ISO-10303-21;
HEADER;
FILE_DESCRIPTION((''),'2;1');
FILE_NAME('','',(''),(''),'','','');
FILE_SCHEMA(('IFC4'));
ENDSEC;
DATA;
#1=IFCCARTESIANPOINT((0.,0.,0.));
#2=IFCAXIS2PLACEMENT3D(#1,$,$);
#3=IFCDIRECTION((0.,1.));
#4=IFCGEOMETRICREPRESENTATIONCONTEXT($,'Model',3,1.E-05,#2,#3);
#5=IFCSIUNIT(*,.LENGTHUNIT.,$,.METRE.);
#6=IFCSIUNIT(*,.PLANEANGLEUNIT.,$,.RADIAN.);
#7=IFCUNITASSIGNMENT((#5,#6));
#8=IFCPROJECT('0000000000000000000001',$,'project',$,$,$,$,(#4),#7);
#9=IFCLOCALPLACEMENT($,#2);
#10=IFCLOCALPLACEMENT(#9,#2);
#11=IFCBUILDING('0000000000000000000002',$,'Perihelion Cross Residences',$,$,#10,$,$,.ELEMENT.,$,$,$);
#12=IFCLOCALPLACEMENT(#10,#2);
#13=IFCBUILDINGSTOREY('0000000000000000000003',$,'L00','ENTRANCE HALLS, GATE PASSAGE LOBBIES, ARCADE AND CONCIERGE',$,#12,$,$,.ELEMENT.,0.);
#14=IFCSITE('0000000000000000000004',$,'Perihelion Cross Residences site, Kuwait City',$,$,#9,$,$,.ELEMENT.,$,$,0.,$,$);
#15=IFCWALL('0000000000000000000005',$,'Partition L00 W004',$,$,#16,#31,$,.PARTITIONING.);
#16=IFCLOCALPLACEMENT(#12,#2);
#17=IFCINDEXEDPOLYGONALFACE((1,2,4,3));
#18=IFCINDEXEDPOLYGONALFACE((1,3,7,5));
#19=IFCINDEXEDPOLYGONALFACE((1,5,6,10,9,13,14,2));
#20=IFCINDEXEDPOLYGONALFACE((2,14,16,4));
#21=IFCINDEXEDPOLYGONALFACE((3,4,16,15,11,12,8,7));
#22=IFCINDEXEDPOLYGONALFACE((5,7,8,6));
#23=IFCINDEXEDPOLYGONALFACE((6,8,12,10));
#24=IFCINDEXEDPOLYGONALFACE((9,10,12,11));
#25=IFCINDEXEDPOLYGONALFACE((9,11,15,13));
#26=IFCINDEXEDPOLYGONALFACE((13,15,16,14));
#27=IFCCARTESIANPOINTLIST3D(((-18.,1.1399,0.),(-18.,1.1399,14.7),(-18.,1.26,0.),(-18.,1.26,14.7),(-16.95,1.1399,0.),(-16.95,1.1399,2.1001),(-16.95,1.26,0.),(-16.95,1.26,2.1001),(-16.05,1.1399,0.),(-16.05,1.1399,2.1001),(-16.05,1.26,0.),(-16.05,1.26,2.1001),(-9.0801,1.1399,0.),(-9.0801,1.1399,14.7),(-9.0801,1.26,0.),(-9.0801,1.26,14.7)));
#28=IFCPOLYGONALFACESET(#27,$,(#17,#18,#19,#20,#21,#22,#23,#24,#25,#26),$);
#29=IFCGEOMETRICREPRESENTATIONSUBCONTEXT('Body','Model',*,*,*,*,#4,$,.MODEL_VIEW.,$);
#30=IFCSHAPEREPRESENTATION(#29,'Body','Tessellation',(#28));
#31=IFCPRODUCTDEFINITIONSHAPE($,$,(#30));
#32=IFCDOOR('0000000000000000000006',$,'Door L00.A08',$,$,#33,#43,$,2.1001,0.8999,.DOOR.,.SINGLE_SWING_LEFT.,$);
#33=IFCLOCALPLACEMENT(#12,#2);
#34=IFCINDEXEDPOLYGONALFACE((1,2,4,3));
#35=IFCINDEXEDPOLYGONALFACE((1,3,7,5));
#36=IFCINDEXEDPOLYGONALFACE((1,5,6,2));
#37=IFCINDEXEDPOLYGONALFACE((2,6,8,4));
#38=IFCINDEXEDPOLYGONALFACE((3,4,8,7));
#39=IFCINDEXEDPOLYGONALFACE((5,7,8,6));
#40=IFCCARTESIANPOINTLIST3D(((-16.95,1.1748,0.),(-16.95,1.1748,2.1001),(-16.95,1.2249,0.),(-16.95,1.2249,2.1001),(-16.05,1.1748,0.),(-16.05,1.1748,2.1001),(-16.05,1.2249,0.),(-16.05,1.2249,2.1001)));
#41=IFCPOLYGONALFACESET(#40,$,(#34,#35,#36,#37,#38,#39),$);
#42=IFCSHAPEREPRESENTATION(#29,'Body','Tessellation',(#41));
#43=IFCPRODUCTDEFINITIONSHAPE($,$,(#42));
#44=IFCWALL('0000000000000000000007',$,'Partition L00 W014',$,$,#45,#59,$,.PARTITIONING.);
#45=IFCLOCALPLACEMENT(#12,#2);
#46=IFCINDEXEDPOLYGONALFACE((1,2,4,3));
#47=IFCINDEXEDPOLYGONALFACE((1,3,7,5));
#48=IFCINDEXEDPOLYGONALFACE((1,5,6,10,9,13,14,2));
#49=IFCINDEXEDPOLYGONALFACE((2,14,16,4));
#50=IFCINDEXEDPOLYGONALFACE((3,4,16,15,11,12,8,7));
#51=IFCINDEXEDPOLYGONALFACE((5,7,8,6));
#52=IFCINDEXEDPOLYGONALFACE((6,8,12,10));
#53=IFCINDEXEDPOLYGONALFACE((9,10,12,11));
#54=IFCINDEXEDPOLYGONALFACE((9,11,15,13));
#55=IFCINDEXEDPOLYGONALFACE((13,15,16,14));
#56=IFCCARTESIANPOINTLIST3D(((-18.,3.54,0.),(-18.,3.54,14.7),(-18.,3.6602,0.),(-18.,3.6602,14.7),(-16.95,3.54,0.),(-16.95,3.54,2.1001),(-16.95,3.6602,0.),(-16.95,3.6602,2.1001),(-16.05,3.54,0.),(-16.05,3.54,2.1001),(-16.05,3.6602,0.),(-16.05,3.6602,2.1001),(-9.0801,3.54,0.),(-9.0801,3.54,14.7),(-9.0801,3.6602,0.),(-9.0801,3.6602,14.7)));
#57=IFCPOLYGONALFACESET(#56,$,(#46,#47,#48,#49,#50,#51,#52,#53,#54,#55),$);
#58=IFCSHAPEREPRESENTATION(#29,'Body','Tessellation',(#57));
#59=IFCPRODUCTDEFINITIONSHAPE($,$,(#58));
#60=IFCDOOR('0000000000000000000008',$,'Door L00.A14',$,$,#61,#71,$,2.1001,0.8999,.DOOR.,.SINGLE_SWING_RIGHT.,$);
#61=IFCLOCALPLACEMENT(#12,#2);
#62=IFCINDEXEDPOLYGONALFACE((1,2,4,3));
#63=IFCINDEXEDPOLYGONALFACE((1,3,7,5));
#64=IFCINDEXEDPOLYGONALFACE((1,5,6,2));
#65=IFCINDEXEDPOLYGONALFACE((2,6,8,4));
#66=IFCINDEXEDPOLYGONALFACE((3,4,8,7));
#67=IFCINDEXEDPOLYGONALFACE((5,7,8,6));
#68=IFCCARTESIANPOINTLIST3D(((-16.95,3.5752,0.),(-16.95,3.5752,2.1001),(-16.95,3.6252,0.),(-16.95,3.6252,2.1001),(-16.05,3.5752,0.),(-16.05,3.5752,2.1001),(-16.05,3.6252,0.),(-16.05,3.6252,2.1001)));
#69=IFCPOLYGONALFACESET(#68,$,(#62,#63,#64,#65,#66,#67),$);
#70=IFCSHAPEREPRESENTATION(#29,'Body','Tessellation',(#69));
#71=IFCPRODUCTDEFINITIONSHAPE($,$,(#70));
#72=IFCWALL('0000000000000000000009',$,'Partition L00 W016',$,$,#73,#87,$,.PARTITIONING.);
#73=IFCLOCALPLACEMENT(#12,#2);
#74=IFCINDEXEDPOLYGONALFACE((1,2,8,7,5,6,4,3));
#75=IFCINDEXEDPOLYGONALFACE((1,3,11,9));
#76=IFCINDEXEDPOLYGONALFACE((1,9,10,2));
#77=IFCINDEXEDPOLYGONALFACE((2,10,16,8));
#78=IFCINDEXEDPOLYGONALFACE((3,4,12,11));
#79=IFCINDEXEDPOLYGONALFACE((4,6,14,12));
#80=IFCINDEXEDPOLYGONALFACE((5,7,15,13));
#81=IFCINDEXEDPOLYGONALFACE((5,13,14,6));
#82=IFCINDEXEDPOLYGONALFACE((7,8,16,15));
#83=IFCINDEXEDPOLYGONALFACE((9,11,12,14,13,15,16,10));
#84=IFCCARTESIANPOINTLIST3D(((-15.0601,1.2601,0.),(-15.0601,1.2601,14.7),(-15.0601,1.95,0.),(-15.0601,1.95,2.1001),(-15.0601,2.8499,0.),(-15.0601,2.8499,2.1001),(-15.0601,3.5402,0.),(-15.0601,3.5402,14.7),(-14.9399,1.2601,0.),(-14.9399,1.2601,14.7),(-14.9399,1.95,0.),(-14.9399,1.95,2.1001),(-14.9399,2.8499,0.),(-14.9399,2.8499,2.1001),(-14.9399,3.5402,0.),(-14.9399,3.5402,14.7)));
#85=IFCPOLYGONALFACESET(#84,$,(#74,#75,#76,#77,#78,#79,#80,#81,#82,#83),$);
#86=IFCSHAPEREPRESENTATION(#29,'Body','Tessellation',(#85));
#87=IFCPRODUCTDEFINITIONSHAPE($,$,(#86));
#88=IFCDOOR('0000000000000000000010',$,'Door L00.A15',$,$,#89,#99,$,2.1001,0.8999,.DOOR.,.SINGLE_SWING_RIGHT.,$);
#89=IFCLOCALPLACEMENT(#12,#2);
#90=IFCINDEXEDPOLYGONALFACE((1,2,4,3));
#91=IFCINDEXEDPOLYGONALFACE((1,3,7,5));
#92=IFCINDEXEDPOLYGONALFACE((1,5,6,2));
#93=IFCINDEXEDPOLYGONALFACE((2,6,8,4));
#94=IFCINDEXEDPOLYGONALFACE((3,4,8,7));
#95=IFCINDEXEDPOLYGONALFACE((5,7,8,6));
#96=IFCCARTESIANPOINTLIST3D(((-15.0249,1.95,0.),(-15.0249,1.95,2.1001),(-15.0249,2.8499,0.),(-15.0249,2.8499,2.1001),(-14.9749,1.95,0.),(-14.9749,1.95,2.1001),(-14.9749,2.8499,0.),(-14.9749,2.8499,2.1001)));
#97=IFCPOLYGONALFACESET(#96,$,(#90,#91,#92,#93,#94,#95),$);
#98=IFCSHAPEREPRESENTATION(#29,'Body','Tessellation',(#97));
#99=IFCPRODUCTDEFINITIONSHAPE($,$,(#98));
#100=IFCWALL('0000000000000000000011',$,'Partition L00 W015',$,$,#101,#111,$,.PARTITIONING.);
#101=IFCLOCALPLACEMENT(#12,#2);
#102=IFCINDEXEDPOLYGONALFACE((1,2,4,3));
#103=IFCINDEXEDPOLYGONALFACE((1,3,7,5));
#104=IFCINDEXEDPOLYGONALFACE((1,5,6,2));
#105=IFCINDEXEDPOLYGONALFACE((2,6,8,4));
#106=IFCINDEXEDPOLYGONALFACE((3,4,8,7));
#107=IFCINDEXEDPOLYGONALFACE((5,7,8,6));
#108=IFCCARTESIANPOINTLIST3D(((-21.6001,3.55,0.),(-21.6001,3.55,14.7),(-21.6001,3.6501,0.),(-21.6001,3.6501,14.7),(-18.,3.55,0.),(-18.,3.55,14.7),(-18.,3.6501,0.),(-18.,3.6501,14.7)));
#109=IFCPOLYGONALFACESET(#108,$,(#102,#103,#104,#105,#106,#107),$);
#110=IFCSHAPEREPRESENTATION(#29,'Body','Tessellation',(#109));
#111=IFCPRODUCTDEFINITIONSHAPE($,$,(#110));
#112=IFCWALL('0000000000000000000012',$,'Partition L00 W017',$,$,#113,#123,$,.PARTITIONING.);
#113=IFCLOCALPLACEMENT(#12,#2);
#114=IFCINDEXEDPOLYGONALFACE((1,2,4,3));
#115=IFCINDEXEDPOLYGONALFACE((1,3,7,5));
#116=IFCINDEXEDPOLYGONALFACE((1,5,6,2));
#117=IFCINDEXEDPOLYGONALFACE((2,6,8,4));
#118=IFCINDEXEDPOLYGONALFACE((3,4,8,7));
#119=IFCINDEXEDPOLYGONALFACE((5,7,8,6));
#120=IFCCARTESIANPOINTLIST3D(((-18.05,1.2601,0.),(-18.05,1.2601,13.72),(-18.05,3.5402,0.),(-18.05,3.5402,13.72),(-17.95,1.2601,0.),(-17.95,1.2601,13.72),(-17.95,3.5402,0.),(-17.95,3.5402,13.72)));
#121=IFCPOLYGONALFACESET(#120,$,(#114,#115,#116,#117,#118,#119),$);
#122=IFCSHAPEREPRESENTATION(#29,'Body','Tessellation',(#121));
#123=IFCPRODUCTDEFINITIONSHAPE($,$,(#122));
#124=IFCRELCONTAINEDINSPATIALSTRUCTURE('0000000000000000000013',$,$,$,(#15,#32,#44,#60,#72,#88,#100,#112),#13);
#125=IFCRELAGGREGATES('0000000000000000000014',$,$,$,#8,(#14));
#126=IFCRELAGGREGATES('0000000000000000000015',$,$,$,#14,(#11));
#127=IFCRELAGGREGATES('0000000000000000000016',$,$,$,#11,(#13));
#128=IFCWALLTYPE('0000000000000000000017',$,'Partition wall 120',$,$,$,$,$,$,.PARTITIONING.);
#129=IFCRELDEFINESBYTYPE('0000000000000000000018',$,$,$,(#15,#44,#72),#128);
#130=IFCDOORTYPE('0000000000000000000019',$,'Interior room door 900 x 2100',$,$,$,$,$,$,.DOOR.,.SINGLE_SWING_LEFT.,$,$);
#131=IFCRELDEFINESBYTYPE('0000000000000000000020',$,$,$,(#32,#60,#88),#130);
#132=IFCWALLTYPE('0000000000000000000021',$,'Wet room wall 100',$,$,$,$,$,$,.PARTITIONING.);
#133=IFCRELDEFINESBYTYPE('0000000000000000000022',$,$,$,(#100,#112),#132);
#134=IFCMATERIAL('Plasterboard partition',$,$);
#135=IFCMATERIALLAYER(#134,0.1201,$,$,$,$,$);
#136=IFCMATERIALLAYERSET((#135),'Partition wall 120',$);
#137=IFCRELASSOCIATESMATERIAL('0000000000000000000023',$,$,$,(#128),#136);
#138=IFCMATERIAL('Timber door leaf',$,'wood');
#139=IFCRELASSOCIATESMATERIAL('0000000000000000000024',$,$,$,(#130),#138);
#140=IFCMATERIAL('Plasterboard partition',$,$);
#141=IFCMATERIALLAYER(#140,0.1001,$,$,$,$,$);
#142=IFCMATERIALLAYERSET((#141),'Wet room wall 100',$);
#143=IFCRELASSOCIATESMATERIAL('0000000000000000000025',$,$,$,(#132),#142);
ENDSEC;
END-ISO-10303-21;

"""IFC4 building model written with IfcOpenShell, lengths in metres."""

from ifc_helpers import new_model, si_unit, direction, frame, frame_2d, origin, place, context, subcontext, project, spatial, rectangle, extrude, material, layer, layer_set, type_object, element, fill, save


model = new_model("IFC4")

# Units and contexts
model_context = context("Model", 3, precision=1e-05, world=origin(), true_north=direction((0.0, 1.0)))
body_context = subcontext(model_context, "Body", "Model", "MODEL_VIEW")
ifc_project = project(units=[si_unit("LENGTHUNIT", "METRE"), si_unit("PLANEANGLEUNIT", "RADIAN")], contexts=[model_context])

# Site, building, storey
site_placement = place(None, origin())
site = spatial("IfcSite", under=ifc_project, at=site_placement, Name="Perihelion Cross Residences site, Kuwait City", CompositionType="ELEMENT", RefElevation=0.0)
building_placement = place(site_placement, origin())
building = spatial("IfcBuilding", under=site, at=building_placement, Name="Perihelion Cross Residences", CompositionType="ELEMENT")
storey_placement = place(building_placement, origin())
storey = spatial("IfcBuildingStorey", under=building, at=storey_placement, Name="L00", Description="ENTRANCE HALLS, GATE PASSAGE LOBBIES, ARCADE AND CONCIERGE", CompositionType="ELEMENT", Elevation=0.0)

# Walls, openings, doors
ifc_material_1 = material(Name="Plasterboard partition")
ifc_layer_1 = layer(ifc_material_1, 0.1201)
ifc_layer_set_1 = layer_set([ifc_layer_1], Name="Partition wall 120")
wall_type_1 = type_object("IfcWallType", Name="Partition wall 120", PredefinedType="PARTITIONING", material=ifc_layer_set_1)
wall_1_placement = place(storey_placement, frame((-18.0, 1.2, 0.0), z_axis=(0.0, 0.0, 1.0), x_axis=(1.0, 0.0, 0.0)))
wall_1 = element("IfcWall", 1, at=wall_1_placement, inside=storey, type_object=wall_type_1, Name="Partition L00 W004", PredefinedType="PARTITIONING", context=body_context, shape_type="SweptSolid", body=[
    extrude(rectangle(XDim=8.9199, YDim=0.1201, at=frame_2d((4.46, 0.0))), origin(), (0.0, 0.0, 1.0), 14.7),
])
opening_1_placement = place(wall_1_placement, frame((1.05, 0.0, 0.0)))
opening_1 = element("IfcOpeningElement", 2, at=opening_1_placement, cuts=wall_1, PredefinedType="OPENING", context=body_context, shape_type="SweptSolid", body=[
    extrude(rectangle(XDim=0.8999, YDim=2.1001, at=frame_2d((0.45, 1.05))), frame((0.0, 0.0701, 0.0), z_axis=(0.0, -1.0, 0.0), x_axis=(1.0, 0.0, 0.0)), (0.0, 0.0, 1.0), 0.1401),
])
ifc_material_2 = material(Name="Timber door leaf", Category="wood")
door_type_1 = type_object("IfcDoorType", Name="Interior room door 900 x 2100", OperationType="SINGLE_SWING_LEFT", PredefinedType="DOOR", material=ifc_material_2)
door_1_placement = place(opening_1_placement, origin())
door_1 = element("IfcDoor", 3, at=door_1_placement, inside=storey, type_object=door_type_1, Name="Door L00.A08", OperationType="SINGLE_SWING_LEFT", OverallHeight=2.1001, OverallWidth=0.8999, PredefinedType="DOOR", context=body_context, shape_type="SweptSolid", body=[
    extrude(rectangle(XDim=0.8999, YDim=2.1001, at=frame_2d((0.45, 1.05))), frame((0.0, 0.0249, 0.0), z_axis=(0.0, -1.0, 0.0), x_axis=(1.0, 0.0, 0.0)), (0.0, 0.0, 1.0), 0.05),
])
fill(opening_1, door_1)
wall_2_placement = place(storey_placement, frame((-9.0801, 3.6001, 0.0), z_axis=(0.0, 0.0, 1.0), x_axis=(-1.0, 0.0, 0.0)))
wall_2 = element("IfcWall", 4, at=wall_2_placement, inside=storey, type_object=wall_type_1, Name="Partition L00 W014", PredefinedType="PARTITIONING", context=body_context, shape_type="SweptSolid", body=[
    extrude(rectangle(XDim=8.9199, YDim=0.1201, at=frame_2d((4.46, 0.0))), origin(), (0.0, 0.0, 1.0), 14.7),
])
opening_2_placement = place(wall_2_placement, frame((6.97, 0.0, 0.0)))
opening_2 = element("IfcOpeningElement", 5, at=opening_2_placement, cuts=wall_2, PredefinedType="OPENING", context=body_context, shape_type="SweptSolid", body=[
    extrude(rectangle(XDim=0.8999, YDim=2.1001, at=frame_2d((0.45, 1.05))), frame((0.0, 0.0701, 0.0), z_axis=(0.0, -1.0, 0.0), x_axis=(1.0, 0.0, 0.0)), (0.0, 0.0, 1.0), 0.1401),
])
door_2_placement = place(opening_2_placement, origin())
door_2 = element("IfcDoor", 6, at=door_2_placement, inside=storey, type_object=door_type_1, Name="Door L00.A14", OperationType="SINGLE_SWING_RIGHT", OverallHeight=2.1001, OverallWidth=0.8999, PredefinedType="DOOR", context=body_context, shape_type="SweptSolid", body=[
    extrude(rectangle(XDim=0.8999, YDim=2.1001, at=frame_2d((0.45, 1.05))), frame((0.0, 0.0249, 0.0), z_axis=(0.0, -1.0, 0.0), x_axis=(1.0, 0.0, 0.0)), (0.0, 0.0, 1.0), 0.05),
])
fill(opening_2, door_2)
wall_3_placement = place(storey_placement, frame((-15.0, 1.26, 0.0), z_axis=(0.0, 0.0, 1.0), x_axis=(0.0, 1.0, 0.0)))
wall_3 = element("IfcWall", 7, at=wall_3_placement, inside=storey, type_object=wall_type_1, Name="Partition L00 W016", PredefinedType="PARTITIONING", context=body_context, shape_type="SweptSolid", body=[
    extrude(rectangle(XDim=2.28, YDim=0.1201, at=frame_2d((1.1401, 0.0))), origin(), (0.0, 0.0, 1.0), 14.7),
])
opening_3_placement = place(wall_3_placement, frame((0.6899, 0.0, 0.0)))
opening_3 = element("IfcOpeningElement", 8, at=opening_3_placement, cuts=wall_3, PredefinedType="OPENING", context=body_context, shape_type="SweptSolid", body=[
    extrude(rectangle(XDim=0.8999, YDim=2.1001, at=frame_2d((0.45, 1.05))), frame((0.0, 0.0701, 0.0), z_axis=(0.0, -1.0, 0.0), x_axis=(1.0, 0.0, 0.0)), (0.0, 0.0, 1.0), 0.1401),
])
door_3_placement = place(opening_3_placement, origin())
door_3 = element("IfcDoor", 9, at=door_3_placement, inside=storey, type_object=door_type_1, Name="Door L00.A15", OperationType="SINGLE_SWING_RIGHT", OverallHeight=2.1001, OverallWidth=0.8999, PredefinedType="DOOR", context=body_context, shape_type="SweptSolid", body=[
    extrude(rectangle(XDim=0.8999, YDim=2.1001, at=frame_2d((0.45, 1.05))), frame((0.0, 0.0249, 0.0), z_axis=(0.0, -1.0, 0.0), x_axis=(1.0, 0.0, 0.0)), (0.0, 0.0, 1.0), 0.05),
])
fill(opening_3, door_3)

# Walls
ifc_material_3 = material(Name="Plasterboard partition")
ifc_layer_2 = layer(ifc_material_3, 0.1001)
ifc_layer_set_2 = layer_set([ifc_layer_2], Name="Wet room wall 100")
wall_type_2 = type_object("IfcWallType", Name="Wet room wall 100", PredefinedType="PARTITIONING", material=ifc_layer_set_2)
wall_4_placement = place(storey_placement, frame((-18.0, 3.6001, 0.0), z_axis=(0.0, 0.0, 1.0), x_axis=(-1.0, 0.0, 0.0)))
element("IfcWall", 10, at=wall_4_placement, inside=storey, type_object=wall_type_2, Name="Partition L00 W015", PredefinedType="PARTITIONING", context=body_context, shape_type="SweptSolid", body=[
    extrude(rectangle(XDim=3.6001, YDim=0.1001, at=frame_2d((1.8, 0.0))), origin(), (0.0, 0.0, 1.0), 14.7),
])
wall_5_placement = place(storey_placement, frame((-18.0, 1.26, 0.0), z_axis=(0.0, 0.0, 1.0), x_axis=(0.0, 1.0, 0.0)))
element("IfcWall", 11, at=wall_5_placement, inside=storey, type_object=wall_type_2, Name="Partition L00 W017", PredefinedType="PARTITIONING", context=body_context, shape_type="SweptSolid", body=[
    extrude(rectangle(XDim=2.28, YDim=0.1001, at=frame_2d((1.1401, 0.0))), origin(), (0.0, 0.0, 1.0), 13.72),
])

save(model, "model.ifc")
